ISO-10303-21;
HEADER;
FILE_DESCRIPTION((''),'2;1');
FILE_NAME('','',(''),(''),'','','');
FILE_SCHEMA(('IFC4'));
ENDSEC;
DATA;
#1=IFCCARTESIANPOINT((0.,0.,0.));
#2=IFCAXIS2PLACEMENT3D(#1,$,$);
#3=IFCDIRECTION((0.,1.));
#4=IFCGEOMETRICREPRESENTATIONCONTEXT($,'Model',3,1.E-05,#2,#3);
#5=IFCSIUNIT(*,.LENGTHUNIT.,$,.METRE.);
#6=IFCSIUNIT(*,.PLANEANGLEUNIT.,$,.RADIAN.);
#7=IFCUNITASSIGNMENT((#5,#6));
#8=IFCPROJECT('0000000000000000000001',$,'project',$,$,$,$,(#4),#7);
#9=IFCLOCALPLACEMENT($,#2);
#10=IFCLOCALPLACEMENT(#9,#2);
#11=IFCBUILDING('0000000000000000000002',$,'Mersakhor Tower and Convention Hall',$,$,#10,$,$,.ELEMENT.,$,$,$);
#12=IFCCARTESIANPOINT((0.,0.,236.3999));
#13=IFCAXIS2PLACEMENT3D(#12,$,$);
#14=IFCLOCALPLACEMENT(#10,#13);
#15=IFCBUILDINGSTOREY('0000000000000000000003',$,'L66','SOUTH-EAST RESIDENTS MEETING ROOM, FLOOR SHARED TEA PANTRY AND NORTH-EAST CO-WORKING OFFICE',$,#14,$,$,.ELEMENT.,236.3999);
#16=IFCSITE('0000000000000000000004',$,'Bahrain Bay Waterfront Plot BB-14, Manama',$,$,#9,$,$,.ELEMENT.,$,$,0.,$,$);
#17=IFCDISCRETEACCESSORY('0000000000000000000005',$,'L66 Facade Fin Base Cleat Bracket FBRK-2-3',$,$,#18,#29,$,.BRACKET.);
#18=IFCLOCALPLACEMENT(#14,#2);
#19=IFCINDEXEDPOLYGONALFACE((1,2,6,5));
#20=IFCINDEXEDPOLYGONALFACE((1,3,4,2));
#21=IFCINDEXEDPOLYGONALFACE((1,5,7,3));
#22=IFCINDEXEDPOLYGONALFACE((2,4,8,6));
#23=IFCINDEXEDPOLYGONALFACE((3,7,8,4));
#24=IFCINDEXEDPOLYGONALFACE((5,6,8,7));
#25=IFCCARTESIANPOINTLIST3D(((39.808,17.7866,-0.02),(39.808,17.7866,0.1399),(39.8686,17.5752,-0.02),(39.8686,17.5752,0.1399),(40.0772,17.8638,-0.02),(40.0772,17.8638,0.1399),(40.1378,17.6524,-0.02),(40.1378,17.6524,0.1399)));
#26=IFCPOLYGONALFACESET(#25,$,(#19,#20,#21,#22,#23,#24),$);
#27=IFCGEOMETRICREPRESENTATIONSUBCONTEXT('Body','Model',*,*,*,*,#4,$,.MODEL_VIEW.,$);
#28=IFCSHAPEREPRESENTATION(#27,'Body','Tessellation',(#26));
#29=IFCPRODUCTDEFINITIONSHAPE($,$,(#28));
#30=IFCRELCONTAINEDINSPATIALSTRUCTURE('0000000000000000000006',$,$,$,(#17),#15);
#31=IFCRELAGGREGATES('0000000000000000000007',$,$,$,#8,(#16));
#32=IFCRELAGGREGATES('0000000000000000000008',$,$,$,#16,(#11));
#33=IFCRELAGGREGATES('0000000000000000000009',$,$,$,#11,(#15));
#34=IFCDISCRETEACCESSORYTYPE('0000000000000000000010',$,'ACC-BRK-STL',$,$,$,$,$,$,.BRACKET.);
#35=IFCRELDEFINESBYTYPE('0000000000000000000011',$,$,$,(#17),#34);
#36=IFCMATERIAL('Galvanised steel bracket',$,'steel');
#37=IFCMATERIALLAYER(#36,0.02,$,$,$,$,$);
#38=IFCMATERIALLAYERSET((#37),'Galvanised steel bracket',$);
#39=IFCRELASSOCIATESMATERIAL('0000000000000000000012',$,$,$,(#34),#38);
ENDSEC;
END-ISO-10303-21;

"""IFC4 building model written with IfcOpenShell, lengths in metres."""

from ifc_helpers import new_model, si_unit, direction, frame, origin, origin_2d, place, context, subcontext, project, spatial, rectangle, extrude, material, layer, layer_set, type_object, element, save


model = new_model("IFC4")

# Units and contexts
model_context = context("Model", 3, precision=1e-05, world=origin(), true_north=direction((0.0, 1.0)))
body_context = subcontext(model_context, "Body", "Model", "MODEL_VIEW")
ifc_project = project(units=[si_unit("LENGTHUNIT", "METRE"), si_unit("PLANEANGLEUNIT", "RADIAN")], contexts=[model_context])

# Site, building, storey
site_placement = place(None, origin())
site = spatial("IfcSite", under=ifc_project, at=site_placement, Name="Bahrain Bay Waterfront Plot BB-14, Manama", CompositionType="ELEMENT", RefElevation=0.0)
building_placement = place(site_placement, origin())
building = spatial("IfcBuilding", under=site, at=building_placement, Name="Mersakhor Tower and Convention Hall", CompositionType="ELEMENT")
storey_placement = place(building_placement, frame((0.0, 0.0, 236.3999)))
storey = spatial("IfcBuildingStorey", under=building, at=storey_placement, Name="L66", Description="SOUTH-EAST RESIDENTS MEETING ROOM, FLOOR SHARED TEA PANTRY AND NORTH-EAST CO-WORKING OFFICE", CompositionType="ELEMENT", Elevation=236.3999)

# Discrete accessory
ifc_material_1 = material(Name="Galvanised steel bracket", Category="steel")
ifc_layer_1 = layer(ifc_material_1, 0.02)
ifc_layer_set_1 = layer_set([ifc_layer_1], Name="Galvanised steel bracket")
discrete_accessory_type = type_object("IfcDiscreteAccessoryType", Name="ACC-BRK-STL", PredefinedType="BRACKET", material=ifc_layer_set_1)
discrete_accessory_placement = place(storey_placement, frame((39.9729, 17.7195, -0.02), z_axis=(0.0, 0.0, 1.0), x_axis=(0.961262, 0.275637, 0.0)))
element("IfcDiscreteAccessory", 1, at=discrete_accessory_placement, inside=storey, type_object=discrete_accessory_type, Name="L66 Facade Fin Base Cleat Bracket FBRK-2-3", PredefinedType="BRACKET", context=body_context, shape_type="SweptSolid", body=[
    extrude(rectangle(XDim=0.28, YDim=0.22, at=origin_2d()), origin(), (0.0, 0.0, 1.0), 0.1599),
])

save(model, "model.ifc")
